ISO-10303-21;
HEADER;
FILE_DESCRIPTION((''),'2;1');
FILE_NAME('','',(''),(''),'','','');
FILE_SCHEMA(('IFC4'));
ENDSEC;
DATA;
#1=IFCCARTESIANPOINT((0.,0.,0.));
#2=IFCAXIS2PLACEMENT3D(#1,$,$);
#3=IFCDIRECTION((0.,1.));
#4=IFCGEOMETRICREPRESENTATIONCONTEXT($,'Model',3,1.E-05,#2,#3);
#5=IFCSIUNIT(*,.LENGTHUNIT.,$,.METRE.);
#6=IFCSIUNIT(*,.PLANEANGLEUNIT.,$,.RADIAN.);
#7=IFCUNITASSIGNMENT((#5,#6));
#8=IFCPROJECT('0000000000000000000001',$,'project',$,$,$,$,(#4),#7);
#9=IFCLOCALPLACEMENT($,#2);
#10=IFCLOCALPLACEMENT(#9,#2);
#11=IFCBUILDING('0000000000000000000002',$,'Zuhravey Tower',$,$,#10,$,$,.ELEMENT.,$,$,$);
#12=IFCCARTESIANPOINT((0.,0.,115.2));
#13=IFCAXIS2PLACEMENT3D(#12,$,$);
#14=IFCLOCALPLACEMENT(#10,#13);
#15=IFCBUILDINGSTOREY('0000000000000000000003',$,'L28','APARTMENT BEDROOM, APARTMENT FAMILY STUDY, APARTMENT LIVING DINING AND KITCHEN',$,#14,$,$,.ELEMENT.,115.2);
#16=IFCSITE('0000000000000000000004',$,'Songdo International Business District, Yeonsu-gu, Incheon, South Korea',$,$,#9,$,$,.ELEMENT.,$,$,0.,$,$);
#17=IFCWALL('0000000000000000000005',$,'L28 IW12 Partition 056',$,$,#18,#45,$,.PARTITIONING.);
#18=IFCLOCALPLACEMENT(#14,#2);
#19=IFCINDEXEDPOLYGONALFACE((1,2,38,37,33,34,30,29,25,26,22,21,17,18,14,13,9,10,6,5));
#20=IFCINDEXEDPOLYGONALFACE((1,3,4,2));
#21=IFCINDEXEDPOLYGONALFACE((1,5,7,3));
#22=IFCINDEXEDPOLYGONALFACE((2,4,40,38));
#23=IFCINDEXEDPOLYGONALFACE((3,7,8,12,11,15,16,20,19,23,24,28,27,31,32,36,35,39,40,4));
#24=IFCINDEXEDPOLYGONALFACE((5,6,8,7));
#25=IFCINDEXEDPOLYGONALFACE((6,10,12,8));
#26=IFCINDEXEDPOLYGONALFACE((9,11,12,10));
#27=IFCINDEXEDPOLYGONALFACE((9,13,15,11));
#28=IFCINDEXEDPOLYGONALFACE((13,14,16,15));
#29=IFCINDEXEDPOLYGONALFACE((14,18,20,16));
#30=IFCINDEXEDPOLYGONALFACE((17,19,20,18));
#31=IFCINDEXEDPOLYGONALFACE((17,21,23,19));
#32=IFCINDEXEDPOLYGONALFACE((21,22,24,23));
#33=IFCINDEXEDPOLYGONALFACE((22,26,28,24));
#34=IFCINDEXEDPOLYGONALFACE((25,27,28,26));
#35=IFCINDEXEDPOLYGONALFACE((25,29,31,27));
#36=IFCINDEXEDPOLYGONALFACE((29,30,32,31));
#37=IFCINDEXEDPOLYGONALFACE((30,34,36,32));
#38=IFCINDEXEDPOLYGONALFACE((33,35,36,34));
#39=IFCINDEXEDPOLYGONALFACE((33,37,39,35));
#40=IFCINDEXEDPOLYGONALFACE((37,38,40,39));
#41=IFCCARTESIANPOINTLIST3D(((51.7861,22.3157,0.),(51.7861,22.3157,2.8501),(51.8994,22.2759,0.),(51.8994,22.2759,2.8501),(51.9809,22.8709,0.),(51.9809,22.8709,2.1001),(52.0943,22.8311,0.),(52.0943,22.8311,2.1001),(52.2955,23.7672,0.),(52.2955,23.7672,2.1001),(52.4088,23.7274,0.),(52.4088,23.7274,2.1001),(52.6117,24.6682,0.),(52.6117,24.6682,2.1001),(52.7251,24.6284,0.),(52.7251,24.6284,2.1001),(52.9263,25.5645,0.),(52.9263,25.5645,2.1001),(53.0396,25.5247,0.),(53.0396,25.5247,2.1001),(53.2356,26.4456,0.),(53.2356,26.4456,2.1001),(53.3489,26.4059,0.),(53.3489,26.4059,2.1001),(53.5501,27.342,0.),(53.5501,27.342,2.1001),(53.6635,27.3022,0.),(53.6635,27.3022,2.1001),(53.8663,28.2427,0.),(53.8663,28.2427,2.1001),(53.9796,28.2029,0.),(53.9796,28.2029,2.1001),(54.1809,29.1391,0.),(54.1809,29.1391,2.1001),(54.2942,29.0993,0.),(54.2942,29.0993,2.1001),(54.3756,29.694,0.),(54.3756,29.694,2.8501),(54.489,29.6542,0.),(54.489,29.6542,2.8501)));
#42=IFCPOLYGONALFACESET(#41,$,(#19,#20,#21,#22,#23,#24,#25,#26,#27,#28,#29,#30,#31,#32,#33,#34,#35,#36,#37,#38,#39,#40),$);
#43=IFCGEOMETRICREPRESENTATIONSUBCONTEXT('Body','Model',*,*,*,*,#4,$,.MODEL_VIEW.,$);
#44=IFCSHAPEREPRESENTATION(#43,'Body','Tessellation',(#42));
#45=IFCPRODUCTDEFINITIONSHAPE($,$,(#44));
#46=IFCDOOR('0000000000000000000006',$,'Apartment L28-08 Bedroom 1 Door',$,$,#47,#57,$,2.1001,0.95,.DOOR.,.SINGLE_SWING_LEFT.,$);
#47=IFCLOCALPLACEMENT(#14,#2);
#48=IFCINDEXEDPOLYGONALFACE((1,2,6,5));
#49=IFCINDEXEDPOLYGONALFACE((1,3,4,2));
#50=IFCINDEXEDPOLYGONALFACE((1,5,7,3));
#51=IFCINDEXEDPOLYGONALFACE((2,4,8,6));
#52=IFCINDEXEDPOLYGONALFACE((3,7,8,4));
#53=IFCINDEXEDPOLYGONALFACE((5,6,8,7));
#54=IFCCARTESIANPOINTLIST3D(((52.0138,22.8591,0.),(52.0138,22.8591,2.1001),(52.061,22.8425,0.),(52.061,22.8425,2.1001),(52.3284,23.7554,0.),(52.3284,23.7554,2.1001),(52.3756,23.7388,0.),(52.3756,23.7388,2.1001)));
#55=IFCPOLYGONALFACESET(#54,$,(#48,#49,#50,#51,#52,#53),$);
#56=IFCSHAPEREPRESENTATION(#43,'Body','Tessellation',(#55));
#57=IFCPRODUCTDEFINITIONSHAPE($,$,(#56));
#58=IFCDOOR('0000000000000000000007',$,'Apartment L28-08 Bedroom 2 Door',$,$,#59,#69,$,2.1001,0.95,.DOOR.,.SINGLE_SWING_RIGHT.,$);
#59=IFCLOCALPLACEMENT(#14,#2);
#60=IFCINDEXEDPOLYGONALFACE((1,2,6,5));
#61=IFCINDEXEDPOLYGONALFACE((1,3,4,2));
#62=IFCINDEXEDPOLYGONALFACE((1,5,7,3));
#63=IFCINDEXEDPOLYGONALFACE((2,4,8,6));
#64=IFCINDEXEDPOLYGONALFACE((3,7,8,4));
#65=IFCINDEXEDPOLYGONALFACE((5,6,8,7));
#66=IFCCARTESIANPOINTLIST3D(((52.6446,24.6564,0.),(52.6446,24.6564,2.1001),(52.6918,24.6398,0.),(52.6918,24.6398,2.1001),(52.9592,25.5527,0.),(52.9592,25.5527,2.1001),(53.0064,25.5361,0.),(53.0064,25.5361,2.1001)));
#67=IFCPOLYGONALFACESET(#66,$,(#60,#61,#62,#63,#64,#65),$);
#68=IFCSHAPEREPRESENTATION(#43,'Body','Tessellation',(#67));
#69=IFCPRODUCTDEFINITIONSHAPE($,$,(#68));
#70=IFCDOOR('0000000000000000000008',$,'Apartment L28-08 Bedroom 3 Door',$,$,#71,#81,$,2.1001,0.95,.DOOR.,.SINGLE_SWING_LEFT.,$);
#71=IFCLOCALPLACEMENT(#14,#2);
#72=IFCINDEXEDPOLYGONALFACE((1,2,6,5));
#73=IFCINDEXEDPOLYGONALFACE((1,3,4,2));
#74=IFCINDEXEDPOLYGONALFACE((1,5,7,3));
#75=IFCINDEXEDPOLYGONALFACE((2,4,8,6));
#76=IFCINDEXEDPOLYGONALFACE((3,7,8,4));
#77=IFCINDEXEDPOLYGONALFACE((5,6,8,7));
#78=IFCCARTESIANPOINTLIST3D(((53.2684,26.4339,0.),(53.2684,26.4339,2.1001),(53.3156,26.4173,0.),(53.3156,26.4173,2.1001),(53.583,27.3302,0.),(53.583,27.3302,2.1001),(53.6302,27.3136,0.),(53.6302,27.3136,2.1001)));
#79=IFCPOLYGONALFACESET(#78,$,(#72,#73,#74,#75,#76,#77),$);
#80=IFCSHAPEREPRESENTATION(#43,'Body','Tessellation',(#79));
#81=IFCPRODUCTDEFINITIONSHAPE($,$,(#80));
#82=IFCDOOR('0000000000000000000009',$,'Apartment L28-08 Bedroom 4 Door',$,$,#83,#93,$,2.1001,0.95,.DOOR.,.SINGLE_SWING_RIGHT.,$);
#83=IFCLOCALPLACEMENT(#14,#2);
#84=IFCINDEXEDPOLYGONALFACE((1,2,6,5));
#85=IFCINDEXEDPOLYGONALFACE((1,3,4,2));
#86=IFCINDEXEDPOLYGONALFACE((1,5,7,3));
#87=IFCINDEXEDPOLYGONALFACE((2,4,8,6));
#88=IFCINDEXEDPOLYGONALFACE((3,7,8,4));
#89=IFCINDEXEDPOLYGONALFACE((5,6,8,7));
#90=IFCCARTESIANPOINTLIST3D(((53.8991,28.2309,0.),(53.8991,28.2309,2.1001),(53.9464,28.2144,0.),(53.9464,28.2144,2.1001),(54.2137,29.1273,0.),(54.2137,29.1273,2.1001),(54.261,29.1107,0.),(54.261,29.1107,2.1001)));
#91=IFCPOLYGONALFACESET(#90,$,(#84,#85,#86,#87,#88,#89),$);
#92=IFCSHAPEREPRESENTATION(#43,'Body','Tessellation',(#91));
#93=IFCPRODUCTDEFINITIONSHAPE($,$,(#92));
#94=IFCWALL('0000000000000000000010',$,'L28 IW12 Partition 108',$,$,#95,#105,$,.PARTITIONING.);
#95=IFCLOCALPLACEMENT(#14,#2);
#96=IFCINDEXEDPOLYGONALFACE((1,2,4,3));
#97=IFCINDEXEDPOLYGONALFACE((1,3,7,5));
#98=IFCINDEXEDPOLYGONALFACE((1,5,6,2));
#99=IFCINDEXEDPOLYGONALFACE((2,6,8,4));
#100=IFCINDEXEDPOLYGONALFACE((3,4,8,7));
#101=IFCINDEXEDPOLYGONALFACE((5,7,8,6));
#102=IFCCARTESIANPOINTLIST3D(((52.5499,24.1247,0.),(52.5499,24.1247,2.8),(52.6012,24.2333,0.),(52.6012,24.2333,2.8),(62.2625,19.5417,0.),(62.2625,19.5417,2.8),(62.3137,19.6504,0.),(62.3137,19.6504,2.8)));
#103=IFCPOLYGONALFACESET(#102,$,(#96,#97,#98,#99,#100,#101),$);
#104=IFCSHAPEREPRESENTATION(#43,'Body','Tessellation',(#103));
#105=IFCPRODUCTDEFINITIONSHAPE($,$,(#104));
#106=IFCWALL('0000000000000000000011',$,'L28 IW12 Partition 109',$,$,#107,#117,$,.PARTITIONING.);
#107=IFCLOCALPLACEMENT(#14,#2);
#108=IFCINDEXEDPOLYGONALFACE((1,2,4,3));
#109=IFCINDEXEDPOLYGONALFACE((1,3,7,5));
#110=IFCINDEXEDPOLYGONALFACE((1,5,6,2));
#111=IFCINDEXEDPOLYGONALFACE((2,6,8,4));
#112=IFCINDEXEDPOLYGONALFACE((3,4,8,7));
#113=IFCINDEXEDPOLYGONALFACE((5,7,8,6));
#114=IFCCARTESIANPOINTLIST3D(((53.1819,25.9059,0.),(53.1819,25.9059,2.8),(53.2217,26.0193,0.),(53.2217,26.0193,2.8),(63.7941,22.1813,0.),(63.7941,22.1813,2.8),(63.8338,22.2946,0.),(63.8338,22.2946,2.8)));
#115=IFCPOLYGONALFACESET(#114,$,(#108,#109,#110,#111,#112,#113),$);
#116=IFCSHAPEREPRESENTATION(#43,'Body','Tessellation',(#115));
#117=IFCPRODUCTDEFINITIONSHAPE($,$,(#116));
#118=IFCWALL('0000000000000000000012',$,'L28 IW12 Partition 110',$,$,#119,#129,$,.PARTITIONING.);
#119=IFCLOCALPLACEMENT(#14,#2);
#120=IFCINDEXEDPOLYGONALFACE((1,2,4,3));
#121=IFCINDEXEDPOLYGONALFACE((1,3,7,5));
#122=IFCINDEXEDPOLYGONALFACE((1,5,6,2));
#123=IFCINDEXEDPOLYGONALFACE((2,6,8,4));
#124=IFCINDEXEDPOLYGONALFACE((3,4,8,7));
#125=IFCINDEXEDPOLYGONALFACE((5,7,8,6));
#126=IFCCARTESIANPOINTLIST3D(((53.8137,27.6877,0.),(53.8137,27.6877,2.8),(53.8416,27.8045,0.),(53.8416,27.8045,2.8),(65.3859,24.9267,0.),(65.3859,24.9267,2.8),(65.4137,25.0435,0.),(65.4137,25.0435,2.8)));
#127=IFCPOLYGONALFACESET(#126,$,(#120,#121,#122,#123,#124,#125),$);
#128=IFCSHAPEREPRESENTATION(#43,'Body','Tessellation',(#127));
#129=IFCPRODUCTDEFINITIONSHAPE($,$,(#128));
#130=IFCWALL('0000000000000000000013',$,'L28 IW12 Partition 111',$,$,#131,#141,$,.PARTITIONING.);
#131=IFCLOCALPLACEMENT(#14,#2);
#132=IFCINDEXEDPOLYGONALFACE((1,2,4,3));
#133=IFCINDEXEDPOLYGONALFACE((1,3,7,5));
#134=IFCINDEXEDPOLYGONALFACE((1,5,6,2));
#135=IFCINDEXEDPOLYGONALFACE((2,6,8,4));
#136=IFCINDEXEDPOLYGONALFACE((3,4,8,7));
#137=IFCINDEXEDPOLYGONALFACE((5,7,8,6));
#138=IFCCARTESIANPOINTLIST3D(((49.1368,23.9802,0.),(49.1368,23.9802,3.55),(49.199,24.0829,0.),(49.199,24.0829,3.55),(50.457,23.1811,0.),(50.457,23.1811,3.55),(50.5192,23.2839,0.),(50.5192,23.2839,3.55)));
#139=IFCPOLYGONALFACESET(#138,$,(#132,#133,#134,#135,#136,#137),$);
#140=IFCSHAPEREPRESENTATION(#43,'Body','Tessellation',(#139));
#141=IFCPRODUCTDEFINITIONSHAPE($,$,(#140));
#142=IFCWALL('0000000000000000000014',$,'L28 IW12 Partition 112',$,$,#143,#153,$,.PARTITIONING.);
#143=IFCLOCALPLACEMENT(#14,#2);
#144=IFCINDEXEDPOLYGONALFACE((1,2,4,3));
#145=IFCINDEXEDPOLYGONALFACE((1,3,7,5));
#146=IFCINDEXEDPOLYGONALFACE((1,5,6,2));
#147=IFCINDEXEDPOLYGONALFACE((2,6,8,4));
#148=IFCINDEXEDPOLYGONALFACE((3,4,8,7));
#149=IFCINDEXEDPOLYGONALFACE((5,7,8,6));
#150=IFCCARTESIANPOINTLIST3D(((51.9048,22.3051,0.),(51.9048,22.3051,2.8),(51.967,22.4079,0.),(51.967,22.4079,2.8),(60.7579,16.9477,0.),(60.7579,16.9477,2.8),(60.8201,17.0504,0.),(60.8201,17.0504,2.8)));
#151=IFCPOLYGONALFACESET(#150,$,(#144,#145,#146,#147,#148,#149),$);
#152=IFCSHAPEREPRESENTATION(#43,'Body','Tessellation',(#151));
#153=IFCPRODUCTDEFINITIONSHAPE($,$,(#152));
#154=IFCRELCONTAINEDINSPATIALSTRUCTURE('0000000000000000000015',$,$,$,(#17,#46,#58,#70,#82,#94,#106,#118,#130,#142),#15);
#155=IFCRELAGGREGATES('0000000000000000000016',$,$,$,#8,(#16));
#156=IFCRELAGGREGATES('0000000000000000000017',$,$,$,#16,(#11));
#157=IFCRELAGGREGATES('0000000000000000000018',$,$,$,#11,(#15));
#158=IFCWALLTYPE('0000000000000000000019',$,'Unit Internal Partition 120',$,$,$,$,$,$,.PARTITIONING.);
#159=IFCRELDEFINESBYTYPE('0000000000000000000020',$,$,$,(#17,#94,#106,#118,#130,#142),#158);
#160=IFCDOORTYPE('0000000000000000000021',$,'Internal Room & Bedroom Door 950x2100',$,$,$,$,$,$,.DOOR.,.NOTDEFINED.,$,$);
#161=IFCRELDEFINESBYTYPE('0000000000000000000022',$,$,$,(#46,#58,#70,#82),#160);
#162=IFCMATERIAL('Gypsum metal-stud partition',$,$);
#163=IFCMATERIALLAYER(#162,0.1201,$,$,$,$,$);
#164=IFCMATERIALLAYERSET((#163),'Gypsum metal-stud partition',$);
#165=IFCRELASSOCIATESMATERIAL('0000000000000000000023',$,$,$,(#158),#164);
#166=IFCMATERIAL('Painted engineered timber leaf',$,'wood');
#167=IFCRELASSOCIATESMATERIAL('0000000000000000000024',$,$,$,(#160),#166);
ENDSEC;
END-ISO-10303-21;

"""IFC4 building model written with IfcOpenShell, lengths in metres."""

from ifc_helpers import new_model, si_unit, direction, frame, frame_2d, origin, place, context, subcontext, project, spatial, rectangle, extrude, material, layer, layer_set, type_object, element, fill, save


model = new_model("IFC4")

# Units and contexts
model_context = context("Model", 3, precision=1e-05, world=origin(), true_north=direction((0.0, 1.0)))
body_context = subcontext(model_context, "Body", "Model", "MODEL_VIEW")
ifc_project = project(units=[si_unit("LENGTHUNIT", "METRE"), si_unit("PLANEANGLEUNIT", "RADIAN")], contexts=[model_context])

# Site, building, storey
site_placement = place(None, origin())
site = spatial("IfcSite", under=ifc_project, at=site_placement, Name="Songdo International Business District, Yeonsu-gu, Incheon, South Korea", CompositionType="ELEMENT", RefElevation=0.0)
building_placement = place(site_placement, origin())
building = spatial("IfcBuilding", under=site, at=building_placement, Name="Zuhravey Tower", CompositionType="ELEMENT")
storey_placement = place(building_placement, frame((0.0, 0.0, 115.2)))
storey = spatial("IfcBuildingStorey", under=building, at=storey_placement, Name="L28", Description="APARTMENT BEDROOM, APARTMENT FAMILY STUDY, APARTMENT LIVING DINING AND KITCHEN", CompositionType="ELEMENT", Elevation=115.2)

# Wall, openings, doors
ifc_material_1 = material(Name="Gypsum metal-stud partition")
ifc_layer_1 = layer(ifc_material_1, 0.1201)
ifc_layer_set_1 = layer_set([ifc_layer_1], Name="Gypsum metal-stud partition")
wall_type_1 = type_object("IfcWallType", Name="Unit Internal Partition 120", PredefinedType="PARTITIONING", material=ifc_layer_set_1)
ifc_material_2 = material(Name="Painted engineered timber leaf", Category="wood")
door_type_1 = type_object("IfcDoorType", Name="Internal Room & Bedroom Door 950x2100", OperationType="NOTDEFINED", PredefinedType="DOOR", material=ifc_material_2)
wall_1_placement = place(storey_placement, frame((51.8428, 22.2959, 0.0), z_axis=(0.0, 0.0, 1.0), x_axis=(0.331165, 0.943573, 0.0)))
wall_1 = element("IfcWall", 1, at=wall_1_placement, inside=storey, type_object=wall_type_1, Name="L28 IW12 Partition 056", PredefinedType="PARTITIONING", context=body_context, shape_type="SweptSolid", body=[
    extrude(rectangle(XDim=7.8196, YDim=0.1201, at=frame_2d((3.9097, 0.0))), origin(), (0.0, 0.0, 1.0), 2.8501),
])
opening_1_placement = place(wall_1_placement, frame((0.5881, 0.0, 0.0)))
opening_1 = element("IfcOpeningElement", 2, at=opening_1_placement, cuts=wall_1, PredefinedType="OPENING", context=body_context, shape_type="SweptSolid", body=[
    extrude(rectangle(XDim=0.95, YDim=2.1001, at=frame_2d((0.4751, 1.05))), frame((0.0, 0.072, 0.0), z_axis=(0.0, -1.0, 0.0), x_axis=(1.0, 0.0, 0.0)), (0.0, 0.0, 1.0), 0.144),
])
opening_2_placement = place(wall_1_placement, frame((2.4929, 0.0, 0.0)))
opening_2 = element("IfcOpeningElement", 3, at=opening_2_placement, cuts=wall_1, PredefinedType="OPENING", context=body_context, shape_type="SweptSolid", body=[
    extrude(rectangle(XDim=0.95, YDim=2.1001, at=frame_2d((0.4751, 1.05))), frame((0.0, 0.072, 0.0), z_axis=(0.0, -1.0, 0.0), x_axis=(1.0, 0.0, 0.0)), (0.0, 0.0, 1.0), 0.144),
])
opening_3_placement = place(wall_1_placement, frame((4.3767, 0.0, 0.0)))
opening_3 = element("IfcOpeningElement", 4, at=opening_3_placement, cuts=wall_1, PredefinedType="OPENING", context=body_context, shape_type="SweptSolid", body=[
    extrude(rectangle(XDim=0.95, YDim=2.1001, at=frame_2d((0.4751, 1.05))), frame((0.0, 0.072, 0.0), z_axis=(0.0, -1.0, 0.0), x_axis=(1.0, 0.0, 0.0)), (0.0, 0.0, 1.0), 0.144),
])
opening_4_placement = place(wall_1_placement, frame((6.2812, 0.0, 0.0)))
opening_4 = element("IfcOpeningElement", 5, at=opening_4_placement, cuts=wall_1, PredefinedType="OPENING", context=body_context, shape_type="SweptSolid", body=[
    extrude(rectangle(XDim=0.95, YDim=2.1001, at=frame_2d((0.4751, 1.05))), frame((0.0, 0.072, 0.0), z_axis=(0.0, -1.0, 0.0), x_axis=(1.0, 0.0, 0.0)), (0.0, 0.0, 1.0), 0.144),
])
door_1_placement = place(opening_1_placement, frame((0.95, 0.0, 0.0), z_axis=(0.0, 0.0, 1.0), x_axis=(-1.0, 0.0, 0.0)))
door_1 = element("IfcDoor", 6, at=door_1_placement, inside=storey, type_object=door_type_1, Name="Apartment L28-08 Bedroom 1 Door", OperationType="SINGLE_SWING_LEFT", OverallHeight=2.1001, OverallWidth=0.95, PredefinedType="DOOR", context=body_context, shape_type="SweptSolid", body=[
    extrude(rectangle(XDim=0.95, YDim=2.1001, at=frame_2d((0.4751, 1.05))), frame((0.0, 0.0249, 0.0), z_axis=(0.0, -1.0, 0.0), x_axis=(1.0, 0.0, 0.0)), (0.0, 0.0, 1.0), 0.05),
])
fill(opening_1, door_1)
door_2_placement = place(opening_2_placement, frame((0.95, 0.0, 0.0), z_axis=(0.0, 0.0, 1.0), x_axis=(-1.0, 0.0, 0.0)))
door_2 = element("IfcDoor", 7, at=door_2_placement, inside=storey, type_object=door_type_1, Name="Apartment L28-08 Bedroom 2 Door", OperationType="SINGLE_SWING_RIGHT", OverallHeight=2.1001, OverallWidth=0.95, PredefinedType="DOOR", context=body_context, shape_type="SweptSolid", body=[
    extrude(rectangle(XDim=0.95, YDim=2.1001, at=frame_2d((0.4751, 1.05))), frame((0.0, 0.0249, 0.0), z_axis=(0.0, -1.0, 0.0), x_axis=(1.0, 0.0, 0.0)), (0.0, 0.0, 1.0), 0.05),
])
fill(opening_2, door_2)
door_3_placement = place(opening_3_placement, frame((0.95, 0.0, 0.0), z_axis=(0.0, 0.0, 1.0), x_axis=(-1.0, 0.0, 0.0)))
door_3 = element("IfcDoor", 8, at=door_3_placement, inside=storey, type_object=door_type_1, Name="Apartment L28-08 Bedroom 3 Door", OperationType="SINGLE_SWING_LEFT", OverallHeight=2.1001, OverallWidth=0.95, PredefinedType="DOOR", context=body_context, shape_type="SweptSolid", body=[
    extrude(rectangle(XDim=0.95, YDim=2.1001, at=frame_2d((0.4751, 1.05))), frame((0.0, 0.0249, 0.0), z_axis=(0.0, -1.0, 0.0), x_axis=(1.0, 0.0, 0.0)), (0.0, 0.0, 1.0), 0.05),
])
fill(opening_3, door_3)
door_4_placement = place(opening_4_placement, frame((0.95, 0.0, 0.0), z_axis=(0.0, 0.0, 1.0), x_axis=(-1.0, 0.0, 0.0)))
door_4 = element("IfcDoor", 9, at=door_4_placement, inside=storey, type_object=door_type_1, Name="Apartment L28-08 Bedroom 4 Door", OperationType="SINGLE_SWING_RIGHT", OverallHeight=2.1001, OverallWidth=0.95, PredefinedType="DOOR", context=body_context, shape_type="SweptSolid", body=[
    extrude(rectangle(XDim=0.95, YDim=2.1001, at=frame_2d((0.4751, 1.05))), frame((0.0, 0.0249, 0.0), z_axis=(0.0, -1.0, 0.0), x_axis=(1.0, 0.0, 0.0)), (0.0, 0.0, 1.0), 0.05),
])
fill(opening_4, door_4)

# Walls
wall_2_placement = place(storey_placement, frame((52.5757, 24.179, 0.0), z_axis=(0.0, 0.0, 1.0), x_axis=(0.904375, -0.426738, 0.0)))
element("IfcWall", 10, at=wall_2_placement, inside=storey, type_object=wall_type_1, Name="L28 IW12 Partition 108", PredefinedType="PARTITIONING", context=body_context, shape_type="SweptSolid", body=[
    extrude(rectangle(XDim=10.7395, YDim=0.1201, at=frame_2d((5.3696, 0.0))), origin(), (0.0, 0.0, 1.0), 2.8),
])
wall_3_placement = place(storey_placement, frame((53.2017, 25.9626, 0.0), z_axis=(0.0, 0.0, 1.0), x_axis=(0.94357, -0.331173, 0.0)))
element("IfcWall", 11, at=wall_3_placement, inside=storey, type_object=wall_type_1, Name="L28 IW12 Partition 109", PredefinedType="PARTITIONING", context=body_context, shape_type="SweptSolid", body=[
    extrude(rectangle(XDim=11.2468, YDim=0.1201, at=frame_2d((5.6235, 0.0))), origin(), (0.0, 0.0, 1.0), 2.8),
])
wall_4_placement = place(storey_placement, frame((53.8276, 27.7461, 0.0), z_axis=(0.0, 0.0, 1.0), x_axis=(0.972698, -0.232073, 0.0)))
element("IfcWall", 12, at=wall_4_placement, inside=storey, type_object=wall_type_1, Name="L28 IW12 Partition 110", PredefinedType="PARTITIONING", context=body_context, shape_type="SweptSolid", body=[
    extrude(rectangle(XDim=11.897, YDim=0.1201, at=frame_2d((5.9485, 0.0))), origin(), (0.0, 0.0, 1.0), 2.8),
])
wall_5_placement = place(storey_placement, frame((49.168, 24.0315, 0.0), z_axis=(0.0, 0.0, 1.0), x_axis=(0.855519, -0.517772, 0.0)))
element("IfcWall", 13, at=wall_5_placement, inside=storey, type_object=wall_type_1, Name="L28 IW12 Partition 111", PredefinedType="PARTITIONING", context=body_context, shape_type="SweptSolid", body=[
    extrude(rectangle(XDim=1.5432, YDim=0.1201, at=frame_2d((0.7715, 0.0))), origin(), (0.0, 0.0, 1.0), 3.55),
])
wall_6_placement = place(storey_placement, frame((51.936, 22.3564, 0.0), z_axis=(0.0, 0.0, 1.0), x_axis=(0.855542, -0.517733, 0.0)))
element("IfcWall", 14, at=wall_6_placement, inside=storey, type_object=wall_type_1, Name="L28 IW12 Partition 112", PredefinedType="PARTITIONING", context=body_context, shape_type="SweptSolid", body=[
    extrude(rectangle(XDim=10.3479, YDim=0.1201, at=frame_2d((5.1738, 0.0))), origin(), (0.0, 0.0, 1.0), 2.8),
])

save(model, "model.ifc")
